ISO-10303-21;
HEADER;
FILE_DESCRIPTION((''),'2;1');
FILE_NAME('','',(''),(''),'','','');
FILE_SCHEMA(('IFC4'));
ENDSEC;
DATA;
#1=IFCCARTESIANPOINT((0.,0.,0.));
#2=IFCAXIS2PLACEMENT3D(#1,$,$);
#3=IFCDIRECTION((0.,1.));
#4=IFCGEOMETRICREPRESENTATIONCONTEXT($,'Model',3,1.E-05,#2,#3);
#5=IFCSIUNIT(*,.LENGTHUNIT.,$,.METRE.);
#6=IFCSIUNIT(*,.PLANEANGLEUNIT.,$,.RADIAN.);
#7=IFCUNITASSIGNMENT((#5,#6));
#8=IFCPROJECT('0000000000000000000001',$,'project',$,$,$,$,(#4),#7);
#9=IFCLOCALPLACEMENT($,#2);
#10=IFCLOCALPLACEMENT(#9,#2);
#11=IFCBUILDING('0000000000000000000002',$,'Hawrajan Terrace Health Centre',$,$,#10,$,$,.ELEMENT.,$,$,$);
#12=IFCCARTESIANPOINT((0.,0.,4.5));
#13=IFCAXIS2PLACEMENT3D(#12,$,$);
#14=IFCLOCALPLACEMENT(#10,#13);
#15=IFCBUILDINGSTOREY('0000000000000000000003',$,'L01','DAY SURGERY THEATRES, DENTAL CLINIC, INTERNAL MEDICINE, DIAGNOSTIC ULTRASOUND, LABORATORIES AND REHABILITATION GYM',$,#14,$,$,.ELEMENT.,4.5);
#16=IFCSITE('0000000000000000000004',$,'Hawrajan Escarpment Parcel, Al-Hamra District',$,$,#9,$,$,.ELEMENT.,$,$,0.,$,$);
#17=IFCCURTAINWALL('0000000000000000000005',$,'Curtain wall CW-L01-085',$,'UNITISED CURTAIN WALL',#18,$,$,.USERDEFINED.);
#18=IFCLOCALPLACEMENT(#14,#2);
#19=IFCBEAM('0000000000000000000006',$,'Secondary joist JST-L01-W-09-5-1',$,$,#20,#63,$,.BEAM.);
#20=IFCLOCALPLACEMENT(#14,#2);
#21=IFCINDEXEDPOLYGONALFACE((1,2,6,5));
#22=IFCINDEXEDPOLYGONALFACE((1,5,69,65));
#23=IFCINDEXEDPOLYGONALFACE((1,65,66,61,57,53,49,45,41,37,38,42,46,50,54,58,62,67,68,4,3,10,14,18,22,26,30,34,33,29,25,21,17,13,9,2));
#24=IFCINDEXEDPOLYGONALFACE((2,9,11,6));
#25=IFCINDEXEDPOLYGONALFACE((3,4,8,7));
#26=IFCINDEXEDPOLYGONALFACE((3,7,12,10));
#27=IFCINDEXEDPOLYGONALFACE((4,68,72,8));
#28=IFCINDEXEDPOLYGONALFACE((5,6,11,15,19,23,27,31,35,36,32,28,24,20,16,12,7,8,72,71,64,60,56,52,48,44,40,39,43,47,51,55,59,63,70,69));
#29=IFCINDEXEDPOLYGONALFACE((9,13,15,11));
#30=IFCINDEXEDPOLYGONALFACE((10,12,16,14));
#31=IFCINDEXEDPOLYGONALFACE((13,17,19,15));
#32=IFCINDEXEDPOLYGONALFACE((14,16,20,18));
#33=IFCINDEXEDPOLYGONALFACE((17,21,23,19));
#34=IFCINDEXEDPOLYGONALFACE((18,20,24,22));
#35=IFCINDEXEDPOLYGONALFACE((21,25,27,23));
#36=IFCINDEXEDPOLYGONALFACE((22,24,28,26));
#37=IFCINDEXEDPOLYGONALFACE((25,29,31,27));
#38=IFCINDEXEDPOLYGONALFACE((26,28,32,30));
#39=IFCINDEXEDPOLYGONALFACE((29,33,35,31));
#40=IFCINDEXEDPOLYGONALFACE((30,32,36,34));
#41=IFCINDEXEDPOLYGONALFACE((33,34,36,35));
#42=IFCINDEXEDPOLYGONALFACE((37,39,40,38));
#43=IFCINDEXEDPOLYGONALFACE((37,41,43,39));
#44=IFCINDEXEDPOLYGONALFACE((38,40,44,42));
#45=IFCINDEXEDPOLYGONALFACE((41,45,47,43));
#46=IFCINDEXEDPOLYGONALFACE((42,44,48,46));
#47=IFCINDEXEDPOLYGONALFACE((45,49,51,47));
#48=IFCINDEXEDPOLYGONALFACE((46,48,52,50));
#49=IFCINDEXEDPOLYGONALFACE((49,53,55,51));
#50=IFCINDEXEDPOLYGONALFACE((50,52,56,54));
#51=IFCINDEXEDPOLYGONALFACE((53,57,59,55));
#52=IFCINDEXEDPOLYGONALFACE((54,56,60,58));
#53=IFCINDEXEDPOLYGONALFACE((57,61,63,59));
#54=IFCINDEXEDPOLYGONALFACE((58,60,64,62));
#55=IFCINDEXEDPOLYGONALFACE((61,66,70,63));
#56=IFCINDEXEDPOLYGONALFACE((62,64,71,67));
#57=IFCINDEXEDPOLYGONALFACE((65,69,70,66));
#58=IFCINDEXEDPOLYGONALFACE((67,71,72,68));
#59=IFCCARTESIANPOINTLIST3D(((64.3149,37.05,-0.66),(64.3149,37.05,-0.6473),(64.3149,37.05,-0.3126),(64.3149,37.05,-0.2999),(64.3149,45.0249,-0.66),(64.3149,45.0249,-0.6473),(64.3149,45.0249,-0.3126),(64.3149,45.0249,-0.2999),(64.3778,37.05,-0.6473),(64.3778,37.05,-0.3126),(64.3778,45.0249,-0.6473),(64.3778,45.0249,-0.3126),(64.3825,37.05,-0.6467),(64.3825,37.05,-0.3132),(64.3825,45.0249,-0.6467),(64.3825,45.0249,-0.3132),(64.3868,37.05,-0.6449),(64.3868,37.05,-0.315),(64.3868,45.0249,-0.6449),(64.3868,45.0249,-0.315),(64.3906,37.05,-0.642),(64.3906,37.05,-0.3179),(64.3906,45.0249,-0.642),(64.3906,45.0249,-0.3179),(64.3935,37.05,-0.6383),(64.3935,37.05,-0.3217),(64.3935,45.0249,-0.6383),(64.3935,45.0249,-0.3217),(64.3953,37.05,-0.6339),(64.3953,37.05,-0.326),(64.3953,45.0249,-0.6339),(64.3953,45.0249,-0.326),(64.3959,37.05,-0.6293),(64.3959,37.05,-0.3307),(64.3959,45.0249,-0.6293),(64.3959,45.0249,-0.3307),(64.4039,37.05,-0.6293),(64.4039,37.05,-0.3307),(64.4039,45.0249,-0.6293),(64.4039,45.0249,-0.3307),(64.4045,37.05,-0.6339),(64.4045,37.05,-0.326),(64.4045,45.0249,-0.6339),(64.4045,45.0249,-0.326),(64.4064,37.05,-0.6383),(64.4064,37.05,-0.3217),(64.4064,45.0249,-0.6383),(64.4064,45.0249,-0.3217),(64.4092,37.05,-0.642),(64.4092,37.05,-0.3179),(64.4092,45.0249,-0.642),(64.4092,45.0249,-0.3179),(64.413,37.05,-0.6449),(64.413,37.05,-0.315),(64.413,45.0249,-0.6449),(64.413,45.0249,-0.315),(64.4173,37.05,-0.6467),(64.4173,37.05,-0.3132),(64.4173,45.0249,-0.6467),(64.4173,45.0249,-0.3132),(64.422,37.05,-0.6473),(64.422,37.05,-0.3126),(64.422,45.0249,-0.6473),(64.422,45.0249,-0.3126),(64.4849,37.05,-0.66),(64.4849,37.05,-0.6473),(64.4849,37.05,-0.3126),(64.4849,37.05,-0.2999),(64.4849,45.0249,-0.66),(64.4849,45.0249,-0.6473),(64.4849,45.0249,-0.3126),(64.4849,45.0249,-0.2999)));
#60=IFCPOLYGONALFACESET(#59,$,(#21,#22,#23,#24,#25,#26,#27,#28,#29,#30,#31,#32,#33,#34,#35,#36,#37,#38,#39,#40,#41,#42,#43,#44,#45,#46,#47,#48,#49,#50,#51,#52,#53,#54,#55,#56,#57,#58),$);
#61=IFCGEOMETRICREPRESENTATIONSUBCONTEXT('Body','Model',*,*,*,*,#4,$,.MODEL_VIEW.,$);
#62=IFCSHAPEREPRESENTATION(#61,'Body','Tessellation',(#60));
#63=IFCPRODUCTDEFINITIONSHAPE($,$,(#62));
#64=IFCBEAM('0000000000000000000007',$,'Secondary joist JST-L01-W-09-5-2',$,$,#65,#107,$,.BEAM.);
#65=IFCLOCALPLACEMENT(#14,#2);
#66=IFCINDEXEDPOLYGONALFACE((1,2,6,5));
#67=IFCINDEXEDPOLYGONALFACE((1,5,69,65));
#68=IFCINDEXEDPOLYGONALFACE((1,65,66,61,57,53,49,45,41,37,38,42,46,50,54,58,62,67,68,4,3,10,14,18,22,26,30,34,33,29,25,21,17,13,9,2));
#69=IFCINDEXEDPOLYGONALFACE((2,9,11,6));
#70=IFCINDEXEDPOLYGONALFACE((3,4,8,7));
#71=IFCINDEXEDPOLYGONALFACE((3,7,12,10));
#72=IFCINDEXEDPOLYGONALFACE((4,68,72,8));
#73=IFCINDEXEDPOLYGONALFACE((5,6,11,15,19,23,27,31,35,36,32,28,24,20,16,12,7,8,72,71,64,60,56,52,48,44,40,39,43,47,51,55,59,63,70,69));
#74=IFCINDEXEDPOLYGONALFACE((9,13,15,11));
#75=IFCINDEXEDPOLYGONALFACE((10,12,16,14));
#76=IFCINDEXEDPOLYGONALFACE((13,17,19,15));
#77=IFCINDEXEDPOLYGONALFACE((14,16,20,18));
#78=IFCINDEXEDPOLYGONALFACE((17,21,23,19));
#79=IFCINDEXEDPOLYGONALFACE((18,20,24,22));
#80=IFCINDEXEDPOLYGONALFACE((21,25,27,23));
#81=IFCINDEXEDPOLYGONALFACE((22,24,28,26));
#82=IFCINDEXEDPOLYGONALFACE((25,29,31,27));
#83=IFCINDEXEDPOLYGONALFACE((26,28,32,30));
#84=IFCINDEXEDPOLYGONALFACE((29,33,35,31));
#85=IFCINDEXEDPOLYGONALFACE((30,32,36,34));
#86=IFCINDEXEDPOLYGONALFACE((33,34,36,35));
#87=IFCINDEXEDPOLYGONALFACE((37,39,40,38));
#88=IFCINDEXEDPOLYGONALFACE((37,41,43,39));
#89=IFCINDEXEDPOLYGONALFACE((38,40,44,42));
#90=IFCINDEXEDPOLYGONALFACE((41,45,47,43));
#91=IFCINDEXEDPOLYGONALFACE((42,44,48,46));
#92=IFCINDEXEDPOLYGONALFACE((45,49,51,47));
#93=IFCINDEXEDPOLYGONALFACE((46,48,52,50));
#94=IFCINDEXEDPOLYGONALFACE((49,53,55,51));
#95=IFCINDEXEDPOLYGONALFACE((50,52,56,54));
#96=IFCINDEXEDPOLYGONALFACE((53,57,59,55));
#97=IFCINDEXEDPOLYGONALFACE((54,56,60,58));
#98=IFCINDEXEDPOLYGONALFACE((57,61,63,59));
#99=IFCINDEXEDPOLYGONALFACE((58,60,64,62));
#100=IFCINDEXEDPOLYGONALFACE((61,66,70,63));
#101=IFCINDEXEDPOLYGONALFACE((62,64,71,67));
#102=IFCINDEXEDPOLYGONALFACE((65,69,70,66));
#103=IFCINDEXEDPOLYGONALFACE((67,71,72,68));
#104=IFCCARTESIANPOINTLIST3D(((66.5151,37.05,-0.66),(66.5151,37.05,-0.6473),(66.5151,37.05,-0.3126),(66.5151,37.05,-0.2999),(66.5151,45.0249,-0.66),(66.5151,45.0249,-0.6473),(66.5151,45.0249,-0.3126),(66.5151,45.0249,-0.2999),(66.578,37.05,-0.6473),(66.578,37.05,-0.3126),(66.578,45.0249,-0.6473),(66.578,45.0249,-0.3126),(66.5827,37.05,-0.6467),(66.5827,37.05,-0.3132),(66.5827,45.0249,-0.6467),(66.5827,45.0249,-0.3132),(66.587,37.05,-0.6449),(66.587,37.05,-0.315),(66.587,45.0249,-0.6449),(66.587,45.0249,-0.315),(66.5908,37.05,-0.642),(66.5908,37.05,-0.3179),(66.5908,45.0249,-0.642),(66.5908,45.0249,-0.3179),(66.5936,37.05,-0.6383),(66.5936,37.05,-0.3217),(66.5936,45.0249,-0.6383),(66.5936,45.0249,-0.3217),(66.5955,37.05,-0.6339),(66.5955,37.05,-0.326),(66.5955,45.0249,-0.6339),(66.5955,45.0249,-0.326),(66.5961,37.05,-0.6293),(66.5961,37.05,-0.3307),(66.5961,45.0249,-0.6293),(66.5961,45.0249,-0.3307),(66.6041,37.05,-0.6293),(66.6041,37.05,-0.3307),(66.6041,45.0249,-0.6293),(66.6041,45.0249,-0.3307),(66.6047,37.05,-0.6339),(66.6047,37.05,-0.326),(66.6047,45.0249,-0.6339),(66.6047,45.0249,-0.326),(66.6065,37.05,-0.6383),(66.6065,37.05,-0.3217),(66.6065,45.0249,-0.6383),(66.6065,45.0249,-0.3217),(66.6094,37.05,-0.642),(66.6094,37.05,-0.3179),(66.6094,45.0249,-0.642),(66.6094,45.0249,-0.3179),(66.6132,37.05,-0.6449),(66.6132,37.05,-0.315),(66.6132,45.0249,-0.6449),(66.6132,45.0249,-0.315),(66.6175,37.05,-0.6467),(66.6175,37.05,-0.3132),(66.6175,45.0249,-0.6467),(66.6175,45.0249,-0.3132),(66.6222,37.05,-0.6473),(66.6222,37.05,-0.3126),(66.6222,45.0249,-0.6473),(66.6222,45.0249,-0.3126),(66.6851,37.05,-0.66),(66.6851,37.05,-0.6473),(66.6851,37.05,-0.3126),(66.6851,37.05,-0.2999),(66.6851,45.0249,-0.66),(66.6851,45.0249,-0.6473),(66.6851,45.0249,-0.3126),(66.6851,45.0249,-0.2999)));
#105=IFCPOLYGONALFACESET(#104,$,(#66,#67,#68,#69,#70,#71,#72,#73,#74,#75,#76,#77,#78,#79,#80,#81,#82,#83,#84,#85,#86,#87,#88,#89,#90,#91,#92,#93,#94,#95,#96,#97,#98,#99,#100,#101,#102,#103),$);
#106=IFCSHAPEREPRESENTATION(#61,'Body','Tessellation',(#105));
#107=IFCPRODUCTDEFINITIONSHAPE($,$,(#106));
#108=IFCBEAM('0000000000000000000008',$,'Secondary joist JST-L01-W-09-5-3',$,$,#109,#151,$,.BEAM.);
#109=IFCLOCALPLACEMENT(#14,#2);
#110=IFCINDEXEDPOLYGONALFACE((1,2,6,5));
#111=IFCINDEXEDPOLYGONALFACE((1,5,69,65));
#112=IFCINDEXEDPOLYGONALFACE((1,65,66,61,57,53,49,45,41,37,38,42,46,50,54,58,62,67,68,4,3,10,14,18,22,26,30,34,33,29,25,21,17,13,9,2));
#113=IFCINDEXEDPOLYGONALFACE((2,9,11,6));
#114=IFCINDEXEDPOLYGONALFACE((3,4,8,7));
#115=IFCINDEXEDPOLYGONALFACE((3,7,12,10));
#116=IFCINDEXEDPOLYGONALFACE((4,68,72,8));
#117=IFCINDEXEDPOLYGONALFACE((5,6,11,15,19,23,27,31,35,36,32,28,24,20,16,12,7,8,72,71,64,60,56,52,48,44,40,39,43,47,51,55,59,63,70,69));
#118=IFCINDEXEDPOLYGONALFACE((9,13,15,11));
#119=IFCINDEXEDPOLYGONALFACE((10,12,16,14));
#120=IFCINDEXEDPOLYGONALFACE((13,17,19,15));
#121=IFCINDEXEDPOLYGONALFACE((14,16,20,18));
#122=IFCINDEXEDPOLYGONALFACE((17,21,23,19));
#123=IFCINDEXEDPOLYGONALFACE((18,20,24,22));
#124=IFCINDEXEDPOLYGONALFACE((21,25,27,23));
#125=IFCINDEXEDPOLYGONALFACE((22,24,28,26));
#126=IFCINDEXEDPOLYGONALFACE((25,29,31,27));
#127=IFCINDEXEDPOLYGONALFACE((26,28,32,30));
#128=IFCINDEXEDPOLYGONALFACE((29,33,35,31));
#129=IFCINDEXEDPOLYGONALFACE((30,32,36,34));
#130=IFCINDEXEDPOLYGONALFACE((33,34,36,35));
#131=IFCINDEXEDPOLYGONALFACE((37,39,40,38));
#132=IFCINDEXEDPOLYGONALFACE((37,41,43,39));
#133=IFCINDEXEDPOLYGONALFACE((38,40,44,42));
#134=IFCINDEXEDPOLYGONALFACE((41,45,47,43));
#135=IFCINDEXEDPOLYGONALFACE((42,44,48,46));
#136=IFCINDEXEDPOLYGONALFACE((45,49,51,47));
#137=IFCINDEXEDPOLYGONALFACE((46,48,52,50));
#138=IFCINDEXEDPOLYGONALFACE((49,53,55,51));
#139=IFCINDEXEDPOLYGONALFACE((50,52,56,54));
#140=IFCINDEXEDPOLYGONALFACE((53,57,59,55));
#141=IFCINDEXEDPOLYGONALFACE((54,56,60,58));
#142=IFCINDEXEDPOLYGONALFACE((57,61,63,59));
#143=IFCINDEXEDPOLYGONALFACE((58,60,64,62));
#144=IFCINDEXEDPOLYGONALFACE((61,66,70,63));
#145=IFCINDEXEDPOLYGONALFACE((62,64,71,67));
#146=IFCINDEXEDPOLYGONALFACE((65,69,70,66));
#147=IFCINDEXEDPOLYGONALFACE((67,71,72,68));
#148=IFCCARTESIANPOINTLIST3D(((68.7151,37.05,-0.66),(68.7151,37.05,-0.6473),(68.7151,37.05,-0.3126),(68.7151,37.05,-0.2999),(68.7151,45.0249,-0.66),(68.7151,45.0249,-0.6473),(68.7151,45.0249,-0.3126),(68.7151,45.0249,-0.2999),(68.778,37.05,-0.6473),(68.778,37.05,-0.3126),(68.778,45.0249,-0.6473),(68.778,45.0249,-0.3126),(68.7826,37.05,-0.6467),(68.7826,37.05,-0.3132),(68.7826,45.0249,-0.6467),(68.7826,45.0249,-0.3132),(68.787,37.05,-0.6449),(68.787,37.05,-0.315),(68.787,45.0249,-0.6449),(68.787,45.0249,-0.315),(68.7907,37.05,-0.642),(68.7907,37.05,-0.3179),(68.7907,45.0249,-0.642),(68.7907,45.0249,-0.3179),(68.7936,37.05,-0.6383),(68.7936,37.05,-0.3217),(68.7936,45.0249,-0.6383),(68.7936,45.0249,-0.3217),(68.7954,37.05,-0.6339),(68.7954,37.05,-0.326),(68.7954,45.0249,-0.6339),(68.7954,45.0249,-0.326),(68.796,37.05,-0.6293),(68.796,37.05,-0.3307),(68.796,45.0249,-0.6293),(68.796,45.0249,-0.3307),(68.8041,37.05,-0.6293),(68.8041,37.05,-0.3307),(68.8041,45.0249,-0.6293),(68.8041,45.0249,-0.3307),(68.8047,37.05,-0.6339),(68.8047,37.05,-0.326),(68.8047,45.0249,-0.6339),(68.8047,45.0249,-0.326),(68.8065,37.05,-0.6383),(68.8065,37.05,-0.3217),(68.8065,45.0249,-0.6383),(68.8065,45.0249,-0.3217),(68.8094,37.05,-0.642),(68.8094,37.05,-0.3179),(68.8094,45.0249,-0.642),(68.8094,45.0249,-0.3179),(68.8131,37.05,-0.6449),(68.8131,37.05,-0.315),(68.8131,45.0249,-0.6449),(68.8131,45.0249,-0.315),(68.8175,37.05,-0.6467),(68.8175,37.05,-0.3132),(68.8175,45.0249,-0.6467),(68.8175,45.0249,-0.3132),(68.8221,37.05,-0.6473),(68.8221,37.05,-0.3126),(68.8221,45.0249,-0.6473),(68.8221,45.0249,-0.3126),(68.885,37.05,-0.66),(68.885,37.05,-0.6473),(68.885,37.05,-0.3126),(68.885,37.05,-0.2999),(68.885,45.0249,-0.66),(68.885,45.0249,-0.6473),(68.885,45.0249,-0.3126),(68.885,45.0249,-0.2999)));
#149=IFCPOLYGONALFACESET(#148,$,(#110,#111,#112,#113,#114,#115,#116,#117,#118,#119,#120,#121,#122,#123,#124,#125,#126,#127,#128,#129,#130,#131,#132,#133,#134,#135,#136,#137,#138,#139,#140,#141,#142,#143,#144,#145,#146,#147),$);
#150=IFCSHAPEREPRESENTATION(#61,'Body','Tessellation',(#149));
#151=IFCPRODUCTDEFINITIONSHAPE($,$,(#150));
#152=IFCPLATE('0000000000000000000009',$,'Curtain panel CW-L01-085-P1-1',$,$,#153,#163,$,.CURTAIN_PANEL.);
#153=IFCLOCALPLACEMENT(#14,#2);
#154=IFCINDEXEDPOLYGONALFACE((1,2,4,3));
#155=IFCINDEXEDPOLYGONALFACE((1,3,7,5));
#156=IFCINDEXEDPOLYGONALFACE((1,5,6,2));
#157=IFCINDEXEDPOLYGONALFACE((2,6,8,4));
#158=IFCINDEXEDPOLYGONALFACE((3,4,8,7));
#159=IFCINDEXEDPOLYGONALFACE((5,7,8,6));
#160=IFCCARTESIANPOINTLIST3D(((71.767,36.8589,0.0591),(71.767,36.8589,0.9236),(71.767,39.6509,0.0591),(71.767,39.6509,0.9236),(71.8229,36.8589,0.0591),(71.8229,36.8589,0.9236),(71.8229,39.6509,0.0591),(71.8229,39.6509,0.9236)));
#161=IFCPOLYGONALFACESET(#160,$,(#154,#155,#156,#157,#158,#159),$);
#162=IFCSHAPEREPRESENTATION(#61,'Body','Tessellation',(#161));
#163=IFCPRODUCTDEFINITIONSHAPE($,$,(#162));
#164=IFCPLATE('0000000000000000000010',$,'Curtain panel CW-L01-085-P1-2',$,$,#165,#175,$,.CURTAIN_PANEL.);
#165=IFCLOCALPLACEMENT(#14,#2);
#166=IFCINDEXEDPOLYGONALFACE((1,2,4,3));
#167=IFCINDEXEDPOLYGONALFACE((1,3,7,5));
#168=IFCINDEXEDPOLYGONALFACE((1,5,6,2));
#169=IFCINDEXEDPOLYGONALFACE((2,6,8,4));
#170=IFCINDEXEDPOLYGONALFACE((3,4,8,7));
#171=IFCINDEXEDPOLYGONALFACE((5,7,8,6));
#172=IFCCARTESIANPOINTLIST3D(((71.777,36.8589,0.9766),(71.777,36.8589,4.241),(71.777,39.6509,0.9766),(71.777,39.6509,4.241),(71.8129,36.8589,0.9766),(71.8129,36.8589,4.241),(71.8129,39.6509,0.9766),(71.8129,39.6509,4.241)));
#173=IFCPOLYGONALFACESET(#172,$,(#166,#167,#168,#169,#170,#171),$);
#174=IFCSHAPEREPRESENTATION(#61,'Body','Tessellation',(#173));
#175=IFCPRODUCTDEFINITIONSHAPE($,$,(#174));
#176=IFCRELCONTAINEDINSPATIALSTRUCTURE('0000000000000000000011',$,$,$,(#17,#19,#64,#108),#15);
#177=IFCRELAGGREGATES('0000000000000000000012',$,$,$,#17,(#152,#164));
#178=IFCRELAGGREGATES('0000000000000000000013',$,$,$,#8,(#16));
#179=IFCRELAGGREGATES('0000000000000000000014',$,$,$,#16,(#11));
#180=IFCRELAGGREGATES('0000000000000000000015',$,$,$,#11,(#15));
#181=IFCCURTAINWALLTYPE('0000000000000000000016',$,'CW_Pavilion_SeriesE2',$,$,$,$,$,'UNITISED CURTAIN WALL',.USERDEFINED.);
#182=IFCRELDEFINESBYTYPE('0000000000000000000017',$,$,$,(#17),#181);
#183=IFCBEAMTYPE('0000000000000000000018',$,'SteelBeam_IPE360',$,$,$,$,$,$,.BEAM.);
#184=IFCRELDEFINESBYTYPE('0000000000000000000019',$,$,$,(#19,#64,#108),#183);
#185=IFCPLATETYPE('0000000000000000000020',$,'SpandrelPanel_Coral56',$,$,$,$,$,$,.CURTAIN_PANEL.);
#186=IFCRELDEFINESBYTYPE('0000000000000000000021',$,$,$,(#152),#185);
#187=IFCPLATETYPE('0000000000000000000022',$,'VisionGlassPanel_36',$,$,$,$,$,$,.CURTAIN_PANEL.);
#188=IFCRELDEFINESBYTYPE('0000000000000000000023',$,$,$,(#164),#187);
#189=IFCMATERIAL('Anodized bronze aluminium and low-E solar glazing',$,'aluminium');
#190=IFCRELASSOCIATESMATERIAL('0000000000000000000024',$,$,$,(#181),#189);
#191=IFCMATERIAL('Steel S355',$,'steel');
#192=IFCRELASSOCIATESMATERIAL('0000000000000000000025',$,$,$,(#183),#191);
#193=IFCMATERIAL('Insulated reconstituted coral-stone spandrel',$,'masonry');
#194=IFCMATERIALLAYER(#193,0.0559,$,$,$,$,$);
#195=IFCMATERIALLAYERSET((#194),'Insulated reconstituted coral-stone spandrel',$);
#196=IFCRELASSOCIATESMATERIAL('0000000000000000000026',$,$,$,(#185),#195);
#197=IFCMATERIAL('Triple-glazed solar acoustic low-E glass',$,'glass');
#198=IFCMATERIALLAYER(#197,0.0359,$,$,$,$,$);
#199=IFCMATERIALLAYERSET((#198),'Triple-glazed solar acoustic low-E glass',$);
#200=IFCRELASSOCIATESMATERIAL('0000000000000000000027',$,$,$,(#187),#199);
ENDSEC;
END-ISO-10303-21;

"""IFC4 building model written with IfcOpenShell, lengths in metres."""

from ifc_helpers import new_model, si_unit, direction, frame, origin, origin_2d, place, context, subcontext, project, spatial, rectangle, i_section, extrude, material, layer, layer_set, material_profile, profile_set, type_object, element, aggregate, save


model = new_model("IFC4")

# Units and contexts
model_context = context("Model", 3, precision=1e-05, world=origin(), true_north=direction((0.0, 1.0)))
body_context = subcontext(model_context, "Body", "Model", "MODEL_VIEW")
ifc_project = project(units=[si_unit("LENGTHUNIT", "METRE"), si_unit("PLANEANGLEUNIT", "RADIAN")], contexts=[model_context])

# Site, building, storey
site_placement = place(None, origin())
site = spatial("IfcSite", under=ifc_project, at=site_placement, Name="Hawrajan Escarpment Parcel, Al-Hamra District", CompositionType="ELEMENT", RefElevation=0.0)
building_placement = place(site_placement, origin())
building = spatial("IfcBuilding", under=site, at=building_placement, Name="Hawrajan Terrace Health Centre", CompositionType="ELEMENT")
storey_placement = place(building_placement, frame((0.0, 0.0, 4.5)))
storey = spatial("IfcBuildingStorey", under=building, at=storey_placement, Name="L01", Description="DAY SURGERY THEATRES, DENTAL CLINIC, INTERNAL MEDICINE, DIAGNOSTIC ULTRASOUND, LABORATORIES AND REHABILITATION GYM", CompositionType="ELEMENT", Elevation=4.5)

# Curtain wall
ifc_material_1 = material(Name="Anodized bronze aluminium and low-E solar glazing", Category="aluminium")
curtain_wall_type = type_object("IfcCurtainWallType", Name="CW_Pavilion_SeriesE2", ElementType="UNITISED CURTAIN WALL", PredefinedType="USERDEFINED", material=ifc_material_1)
curtain_wall_placement = place(storey_placement, origin())
curtain_wall = element("IfcCurtainWall", 1, at=curtain_wall_placement, inside=storey, type_object=curtain_wall_type, Name="Curtain wall CW-L01-085", ObjectType="UNITISED CURTAIN WALL", PredefinedType="USERDEFINED")

# Beams
ifc_material_2 = material(Name="Steel S355", Category="steel")
ifc_material_profile_1 = material_profile(ifc_material_2, i_section(OverallWidth=0.1699, OverallDepth=0.3601, WebThickness=0.0081, FlangeThickness=0.0127, FilletRadius=0.0181, at=origin_2d()), Name="IPE 360")
ifc_profile_set_1 = profile_set([ifc_material_profile_1], Name="Steel S355")
beam_type_1 = type_object("IfcBeamType", Name="SteelBeam_IPE360", PredefinedType="BEAM", material=ifc_profile_set_1)
for number, where, z_axis, x_axis, name in (
    (2, (64.3999, 37.05, -0.48), (0.0, 1.0, 0.0), (-1.0, 0.0, 0.0), "Secondary joist JST-L01-W-09-5-1"),
    (3, (66.6001, 37.05, -0.48), (0.0, 1.0, 0.0), (-1.0, 0.0, 0.0), "Secondary joist JST-L01-W-09-5-2"),
    (4, (68.8, 37.05, -0.48), (0.0, 1.0, 0.0), (-1.0, 0.0, 0.0), "Secondary joist JST-L01-W-09-5-3"),
):
    element("IfcBeam", number, at=place(storey_placement, frame(where, z_axis=z_axis, x_axis=x_axis)), inside=storey, type_object=beam_type_1, Name=name, PredefinedType="BEAM", context=body_context, shape_type="SweptSolid", body=[
        extrude(i_section(OverallWidth=0.1699, OverallDepth=0.3601, WebThickness=0.0081, FlangeThickness=0.0127, FilletRadius=0.0181, at=origin_2d()), origin(), (0.0, 0.0, 1.0), 7.9749),
    ])

# Plates
ifc_material_3 = material(Name="Insulated reconstituted coral-stone spandrel", Category="masonry")
ifc_layer_1 = layer(ifc_material_3, 0.0559)
ifc_layer_set_1 = layer_set([ifc_layer_1], Name="Insulated reconstituted coral-stone spandrel")
plate_type_1 = type_object("IfcPlateType", Name="SpandrelPanel_Coral56", PredefinedType="CURTAIN_PANEL", material=ifc_layer_set_1)
plate_1_placement = place(storey_placement, frame((71.7949, 38.2549, 0.0591), z_axis=(0.0, 0.0, 1.0), x_axis=(0.0, 1.0, 0.0)))
plate_1 = element("IfcPlate", 5, at=plate_1_placement, type_object=plate_type_1, Name="Curtain panel CW-L01-085-P1-1", PredefinedType="CURTAIN_PANEL", context=body_context, shape_type="SweptSolid", body=[
    extrude(rectangle(XDim=2.792, YDim=0.0559, at=origin_2d()), origin(), (0.0, 0.0, 1.0), 0.8645),
])
ifc_material_4 = material(Name="Triple-glazed solar acoustic low-E glass", Category="glass")
ifc_layer_2 = layer(ifc_material_4, 0.0359)
ifc_layer_set_2 = layer_set([ifc_layer_2], Name="Triple-glazed solar acoustic low-E glass")
plate_type_2 = type_object("IfcPlateType", Name="VisionGlassPanel_36", PredefinedType="CURTAIN_PANEL", material=ifc_layer_set_2)
plate_2_placement = place(storey_placement, frame((71.7949, 38.2549, 0.9766), z_axis=(0.0, 0.0, 1.0), x_axis=(0.0, 1.0, 0.0)))
plate_2 = element("IfcPlate", 6, at=plate_2_placement, type_object=plate_type_2, Name="Curtain panel CW-L01-085-P1-2", PredefinedType="CURTAIN_PANEL", context=body_context, shape_type="SweptSolid", body=[
    extrude(rectangle(XDim=2.792, YDim=0.0359, at=origin_2d()), origin(), (0.0, 0.0, 1.0), 3.2644),
])
aggregate(curtain_wall, [plate_1, plate_2])

save(model, "model.ifc")
